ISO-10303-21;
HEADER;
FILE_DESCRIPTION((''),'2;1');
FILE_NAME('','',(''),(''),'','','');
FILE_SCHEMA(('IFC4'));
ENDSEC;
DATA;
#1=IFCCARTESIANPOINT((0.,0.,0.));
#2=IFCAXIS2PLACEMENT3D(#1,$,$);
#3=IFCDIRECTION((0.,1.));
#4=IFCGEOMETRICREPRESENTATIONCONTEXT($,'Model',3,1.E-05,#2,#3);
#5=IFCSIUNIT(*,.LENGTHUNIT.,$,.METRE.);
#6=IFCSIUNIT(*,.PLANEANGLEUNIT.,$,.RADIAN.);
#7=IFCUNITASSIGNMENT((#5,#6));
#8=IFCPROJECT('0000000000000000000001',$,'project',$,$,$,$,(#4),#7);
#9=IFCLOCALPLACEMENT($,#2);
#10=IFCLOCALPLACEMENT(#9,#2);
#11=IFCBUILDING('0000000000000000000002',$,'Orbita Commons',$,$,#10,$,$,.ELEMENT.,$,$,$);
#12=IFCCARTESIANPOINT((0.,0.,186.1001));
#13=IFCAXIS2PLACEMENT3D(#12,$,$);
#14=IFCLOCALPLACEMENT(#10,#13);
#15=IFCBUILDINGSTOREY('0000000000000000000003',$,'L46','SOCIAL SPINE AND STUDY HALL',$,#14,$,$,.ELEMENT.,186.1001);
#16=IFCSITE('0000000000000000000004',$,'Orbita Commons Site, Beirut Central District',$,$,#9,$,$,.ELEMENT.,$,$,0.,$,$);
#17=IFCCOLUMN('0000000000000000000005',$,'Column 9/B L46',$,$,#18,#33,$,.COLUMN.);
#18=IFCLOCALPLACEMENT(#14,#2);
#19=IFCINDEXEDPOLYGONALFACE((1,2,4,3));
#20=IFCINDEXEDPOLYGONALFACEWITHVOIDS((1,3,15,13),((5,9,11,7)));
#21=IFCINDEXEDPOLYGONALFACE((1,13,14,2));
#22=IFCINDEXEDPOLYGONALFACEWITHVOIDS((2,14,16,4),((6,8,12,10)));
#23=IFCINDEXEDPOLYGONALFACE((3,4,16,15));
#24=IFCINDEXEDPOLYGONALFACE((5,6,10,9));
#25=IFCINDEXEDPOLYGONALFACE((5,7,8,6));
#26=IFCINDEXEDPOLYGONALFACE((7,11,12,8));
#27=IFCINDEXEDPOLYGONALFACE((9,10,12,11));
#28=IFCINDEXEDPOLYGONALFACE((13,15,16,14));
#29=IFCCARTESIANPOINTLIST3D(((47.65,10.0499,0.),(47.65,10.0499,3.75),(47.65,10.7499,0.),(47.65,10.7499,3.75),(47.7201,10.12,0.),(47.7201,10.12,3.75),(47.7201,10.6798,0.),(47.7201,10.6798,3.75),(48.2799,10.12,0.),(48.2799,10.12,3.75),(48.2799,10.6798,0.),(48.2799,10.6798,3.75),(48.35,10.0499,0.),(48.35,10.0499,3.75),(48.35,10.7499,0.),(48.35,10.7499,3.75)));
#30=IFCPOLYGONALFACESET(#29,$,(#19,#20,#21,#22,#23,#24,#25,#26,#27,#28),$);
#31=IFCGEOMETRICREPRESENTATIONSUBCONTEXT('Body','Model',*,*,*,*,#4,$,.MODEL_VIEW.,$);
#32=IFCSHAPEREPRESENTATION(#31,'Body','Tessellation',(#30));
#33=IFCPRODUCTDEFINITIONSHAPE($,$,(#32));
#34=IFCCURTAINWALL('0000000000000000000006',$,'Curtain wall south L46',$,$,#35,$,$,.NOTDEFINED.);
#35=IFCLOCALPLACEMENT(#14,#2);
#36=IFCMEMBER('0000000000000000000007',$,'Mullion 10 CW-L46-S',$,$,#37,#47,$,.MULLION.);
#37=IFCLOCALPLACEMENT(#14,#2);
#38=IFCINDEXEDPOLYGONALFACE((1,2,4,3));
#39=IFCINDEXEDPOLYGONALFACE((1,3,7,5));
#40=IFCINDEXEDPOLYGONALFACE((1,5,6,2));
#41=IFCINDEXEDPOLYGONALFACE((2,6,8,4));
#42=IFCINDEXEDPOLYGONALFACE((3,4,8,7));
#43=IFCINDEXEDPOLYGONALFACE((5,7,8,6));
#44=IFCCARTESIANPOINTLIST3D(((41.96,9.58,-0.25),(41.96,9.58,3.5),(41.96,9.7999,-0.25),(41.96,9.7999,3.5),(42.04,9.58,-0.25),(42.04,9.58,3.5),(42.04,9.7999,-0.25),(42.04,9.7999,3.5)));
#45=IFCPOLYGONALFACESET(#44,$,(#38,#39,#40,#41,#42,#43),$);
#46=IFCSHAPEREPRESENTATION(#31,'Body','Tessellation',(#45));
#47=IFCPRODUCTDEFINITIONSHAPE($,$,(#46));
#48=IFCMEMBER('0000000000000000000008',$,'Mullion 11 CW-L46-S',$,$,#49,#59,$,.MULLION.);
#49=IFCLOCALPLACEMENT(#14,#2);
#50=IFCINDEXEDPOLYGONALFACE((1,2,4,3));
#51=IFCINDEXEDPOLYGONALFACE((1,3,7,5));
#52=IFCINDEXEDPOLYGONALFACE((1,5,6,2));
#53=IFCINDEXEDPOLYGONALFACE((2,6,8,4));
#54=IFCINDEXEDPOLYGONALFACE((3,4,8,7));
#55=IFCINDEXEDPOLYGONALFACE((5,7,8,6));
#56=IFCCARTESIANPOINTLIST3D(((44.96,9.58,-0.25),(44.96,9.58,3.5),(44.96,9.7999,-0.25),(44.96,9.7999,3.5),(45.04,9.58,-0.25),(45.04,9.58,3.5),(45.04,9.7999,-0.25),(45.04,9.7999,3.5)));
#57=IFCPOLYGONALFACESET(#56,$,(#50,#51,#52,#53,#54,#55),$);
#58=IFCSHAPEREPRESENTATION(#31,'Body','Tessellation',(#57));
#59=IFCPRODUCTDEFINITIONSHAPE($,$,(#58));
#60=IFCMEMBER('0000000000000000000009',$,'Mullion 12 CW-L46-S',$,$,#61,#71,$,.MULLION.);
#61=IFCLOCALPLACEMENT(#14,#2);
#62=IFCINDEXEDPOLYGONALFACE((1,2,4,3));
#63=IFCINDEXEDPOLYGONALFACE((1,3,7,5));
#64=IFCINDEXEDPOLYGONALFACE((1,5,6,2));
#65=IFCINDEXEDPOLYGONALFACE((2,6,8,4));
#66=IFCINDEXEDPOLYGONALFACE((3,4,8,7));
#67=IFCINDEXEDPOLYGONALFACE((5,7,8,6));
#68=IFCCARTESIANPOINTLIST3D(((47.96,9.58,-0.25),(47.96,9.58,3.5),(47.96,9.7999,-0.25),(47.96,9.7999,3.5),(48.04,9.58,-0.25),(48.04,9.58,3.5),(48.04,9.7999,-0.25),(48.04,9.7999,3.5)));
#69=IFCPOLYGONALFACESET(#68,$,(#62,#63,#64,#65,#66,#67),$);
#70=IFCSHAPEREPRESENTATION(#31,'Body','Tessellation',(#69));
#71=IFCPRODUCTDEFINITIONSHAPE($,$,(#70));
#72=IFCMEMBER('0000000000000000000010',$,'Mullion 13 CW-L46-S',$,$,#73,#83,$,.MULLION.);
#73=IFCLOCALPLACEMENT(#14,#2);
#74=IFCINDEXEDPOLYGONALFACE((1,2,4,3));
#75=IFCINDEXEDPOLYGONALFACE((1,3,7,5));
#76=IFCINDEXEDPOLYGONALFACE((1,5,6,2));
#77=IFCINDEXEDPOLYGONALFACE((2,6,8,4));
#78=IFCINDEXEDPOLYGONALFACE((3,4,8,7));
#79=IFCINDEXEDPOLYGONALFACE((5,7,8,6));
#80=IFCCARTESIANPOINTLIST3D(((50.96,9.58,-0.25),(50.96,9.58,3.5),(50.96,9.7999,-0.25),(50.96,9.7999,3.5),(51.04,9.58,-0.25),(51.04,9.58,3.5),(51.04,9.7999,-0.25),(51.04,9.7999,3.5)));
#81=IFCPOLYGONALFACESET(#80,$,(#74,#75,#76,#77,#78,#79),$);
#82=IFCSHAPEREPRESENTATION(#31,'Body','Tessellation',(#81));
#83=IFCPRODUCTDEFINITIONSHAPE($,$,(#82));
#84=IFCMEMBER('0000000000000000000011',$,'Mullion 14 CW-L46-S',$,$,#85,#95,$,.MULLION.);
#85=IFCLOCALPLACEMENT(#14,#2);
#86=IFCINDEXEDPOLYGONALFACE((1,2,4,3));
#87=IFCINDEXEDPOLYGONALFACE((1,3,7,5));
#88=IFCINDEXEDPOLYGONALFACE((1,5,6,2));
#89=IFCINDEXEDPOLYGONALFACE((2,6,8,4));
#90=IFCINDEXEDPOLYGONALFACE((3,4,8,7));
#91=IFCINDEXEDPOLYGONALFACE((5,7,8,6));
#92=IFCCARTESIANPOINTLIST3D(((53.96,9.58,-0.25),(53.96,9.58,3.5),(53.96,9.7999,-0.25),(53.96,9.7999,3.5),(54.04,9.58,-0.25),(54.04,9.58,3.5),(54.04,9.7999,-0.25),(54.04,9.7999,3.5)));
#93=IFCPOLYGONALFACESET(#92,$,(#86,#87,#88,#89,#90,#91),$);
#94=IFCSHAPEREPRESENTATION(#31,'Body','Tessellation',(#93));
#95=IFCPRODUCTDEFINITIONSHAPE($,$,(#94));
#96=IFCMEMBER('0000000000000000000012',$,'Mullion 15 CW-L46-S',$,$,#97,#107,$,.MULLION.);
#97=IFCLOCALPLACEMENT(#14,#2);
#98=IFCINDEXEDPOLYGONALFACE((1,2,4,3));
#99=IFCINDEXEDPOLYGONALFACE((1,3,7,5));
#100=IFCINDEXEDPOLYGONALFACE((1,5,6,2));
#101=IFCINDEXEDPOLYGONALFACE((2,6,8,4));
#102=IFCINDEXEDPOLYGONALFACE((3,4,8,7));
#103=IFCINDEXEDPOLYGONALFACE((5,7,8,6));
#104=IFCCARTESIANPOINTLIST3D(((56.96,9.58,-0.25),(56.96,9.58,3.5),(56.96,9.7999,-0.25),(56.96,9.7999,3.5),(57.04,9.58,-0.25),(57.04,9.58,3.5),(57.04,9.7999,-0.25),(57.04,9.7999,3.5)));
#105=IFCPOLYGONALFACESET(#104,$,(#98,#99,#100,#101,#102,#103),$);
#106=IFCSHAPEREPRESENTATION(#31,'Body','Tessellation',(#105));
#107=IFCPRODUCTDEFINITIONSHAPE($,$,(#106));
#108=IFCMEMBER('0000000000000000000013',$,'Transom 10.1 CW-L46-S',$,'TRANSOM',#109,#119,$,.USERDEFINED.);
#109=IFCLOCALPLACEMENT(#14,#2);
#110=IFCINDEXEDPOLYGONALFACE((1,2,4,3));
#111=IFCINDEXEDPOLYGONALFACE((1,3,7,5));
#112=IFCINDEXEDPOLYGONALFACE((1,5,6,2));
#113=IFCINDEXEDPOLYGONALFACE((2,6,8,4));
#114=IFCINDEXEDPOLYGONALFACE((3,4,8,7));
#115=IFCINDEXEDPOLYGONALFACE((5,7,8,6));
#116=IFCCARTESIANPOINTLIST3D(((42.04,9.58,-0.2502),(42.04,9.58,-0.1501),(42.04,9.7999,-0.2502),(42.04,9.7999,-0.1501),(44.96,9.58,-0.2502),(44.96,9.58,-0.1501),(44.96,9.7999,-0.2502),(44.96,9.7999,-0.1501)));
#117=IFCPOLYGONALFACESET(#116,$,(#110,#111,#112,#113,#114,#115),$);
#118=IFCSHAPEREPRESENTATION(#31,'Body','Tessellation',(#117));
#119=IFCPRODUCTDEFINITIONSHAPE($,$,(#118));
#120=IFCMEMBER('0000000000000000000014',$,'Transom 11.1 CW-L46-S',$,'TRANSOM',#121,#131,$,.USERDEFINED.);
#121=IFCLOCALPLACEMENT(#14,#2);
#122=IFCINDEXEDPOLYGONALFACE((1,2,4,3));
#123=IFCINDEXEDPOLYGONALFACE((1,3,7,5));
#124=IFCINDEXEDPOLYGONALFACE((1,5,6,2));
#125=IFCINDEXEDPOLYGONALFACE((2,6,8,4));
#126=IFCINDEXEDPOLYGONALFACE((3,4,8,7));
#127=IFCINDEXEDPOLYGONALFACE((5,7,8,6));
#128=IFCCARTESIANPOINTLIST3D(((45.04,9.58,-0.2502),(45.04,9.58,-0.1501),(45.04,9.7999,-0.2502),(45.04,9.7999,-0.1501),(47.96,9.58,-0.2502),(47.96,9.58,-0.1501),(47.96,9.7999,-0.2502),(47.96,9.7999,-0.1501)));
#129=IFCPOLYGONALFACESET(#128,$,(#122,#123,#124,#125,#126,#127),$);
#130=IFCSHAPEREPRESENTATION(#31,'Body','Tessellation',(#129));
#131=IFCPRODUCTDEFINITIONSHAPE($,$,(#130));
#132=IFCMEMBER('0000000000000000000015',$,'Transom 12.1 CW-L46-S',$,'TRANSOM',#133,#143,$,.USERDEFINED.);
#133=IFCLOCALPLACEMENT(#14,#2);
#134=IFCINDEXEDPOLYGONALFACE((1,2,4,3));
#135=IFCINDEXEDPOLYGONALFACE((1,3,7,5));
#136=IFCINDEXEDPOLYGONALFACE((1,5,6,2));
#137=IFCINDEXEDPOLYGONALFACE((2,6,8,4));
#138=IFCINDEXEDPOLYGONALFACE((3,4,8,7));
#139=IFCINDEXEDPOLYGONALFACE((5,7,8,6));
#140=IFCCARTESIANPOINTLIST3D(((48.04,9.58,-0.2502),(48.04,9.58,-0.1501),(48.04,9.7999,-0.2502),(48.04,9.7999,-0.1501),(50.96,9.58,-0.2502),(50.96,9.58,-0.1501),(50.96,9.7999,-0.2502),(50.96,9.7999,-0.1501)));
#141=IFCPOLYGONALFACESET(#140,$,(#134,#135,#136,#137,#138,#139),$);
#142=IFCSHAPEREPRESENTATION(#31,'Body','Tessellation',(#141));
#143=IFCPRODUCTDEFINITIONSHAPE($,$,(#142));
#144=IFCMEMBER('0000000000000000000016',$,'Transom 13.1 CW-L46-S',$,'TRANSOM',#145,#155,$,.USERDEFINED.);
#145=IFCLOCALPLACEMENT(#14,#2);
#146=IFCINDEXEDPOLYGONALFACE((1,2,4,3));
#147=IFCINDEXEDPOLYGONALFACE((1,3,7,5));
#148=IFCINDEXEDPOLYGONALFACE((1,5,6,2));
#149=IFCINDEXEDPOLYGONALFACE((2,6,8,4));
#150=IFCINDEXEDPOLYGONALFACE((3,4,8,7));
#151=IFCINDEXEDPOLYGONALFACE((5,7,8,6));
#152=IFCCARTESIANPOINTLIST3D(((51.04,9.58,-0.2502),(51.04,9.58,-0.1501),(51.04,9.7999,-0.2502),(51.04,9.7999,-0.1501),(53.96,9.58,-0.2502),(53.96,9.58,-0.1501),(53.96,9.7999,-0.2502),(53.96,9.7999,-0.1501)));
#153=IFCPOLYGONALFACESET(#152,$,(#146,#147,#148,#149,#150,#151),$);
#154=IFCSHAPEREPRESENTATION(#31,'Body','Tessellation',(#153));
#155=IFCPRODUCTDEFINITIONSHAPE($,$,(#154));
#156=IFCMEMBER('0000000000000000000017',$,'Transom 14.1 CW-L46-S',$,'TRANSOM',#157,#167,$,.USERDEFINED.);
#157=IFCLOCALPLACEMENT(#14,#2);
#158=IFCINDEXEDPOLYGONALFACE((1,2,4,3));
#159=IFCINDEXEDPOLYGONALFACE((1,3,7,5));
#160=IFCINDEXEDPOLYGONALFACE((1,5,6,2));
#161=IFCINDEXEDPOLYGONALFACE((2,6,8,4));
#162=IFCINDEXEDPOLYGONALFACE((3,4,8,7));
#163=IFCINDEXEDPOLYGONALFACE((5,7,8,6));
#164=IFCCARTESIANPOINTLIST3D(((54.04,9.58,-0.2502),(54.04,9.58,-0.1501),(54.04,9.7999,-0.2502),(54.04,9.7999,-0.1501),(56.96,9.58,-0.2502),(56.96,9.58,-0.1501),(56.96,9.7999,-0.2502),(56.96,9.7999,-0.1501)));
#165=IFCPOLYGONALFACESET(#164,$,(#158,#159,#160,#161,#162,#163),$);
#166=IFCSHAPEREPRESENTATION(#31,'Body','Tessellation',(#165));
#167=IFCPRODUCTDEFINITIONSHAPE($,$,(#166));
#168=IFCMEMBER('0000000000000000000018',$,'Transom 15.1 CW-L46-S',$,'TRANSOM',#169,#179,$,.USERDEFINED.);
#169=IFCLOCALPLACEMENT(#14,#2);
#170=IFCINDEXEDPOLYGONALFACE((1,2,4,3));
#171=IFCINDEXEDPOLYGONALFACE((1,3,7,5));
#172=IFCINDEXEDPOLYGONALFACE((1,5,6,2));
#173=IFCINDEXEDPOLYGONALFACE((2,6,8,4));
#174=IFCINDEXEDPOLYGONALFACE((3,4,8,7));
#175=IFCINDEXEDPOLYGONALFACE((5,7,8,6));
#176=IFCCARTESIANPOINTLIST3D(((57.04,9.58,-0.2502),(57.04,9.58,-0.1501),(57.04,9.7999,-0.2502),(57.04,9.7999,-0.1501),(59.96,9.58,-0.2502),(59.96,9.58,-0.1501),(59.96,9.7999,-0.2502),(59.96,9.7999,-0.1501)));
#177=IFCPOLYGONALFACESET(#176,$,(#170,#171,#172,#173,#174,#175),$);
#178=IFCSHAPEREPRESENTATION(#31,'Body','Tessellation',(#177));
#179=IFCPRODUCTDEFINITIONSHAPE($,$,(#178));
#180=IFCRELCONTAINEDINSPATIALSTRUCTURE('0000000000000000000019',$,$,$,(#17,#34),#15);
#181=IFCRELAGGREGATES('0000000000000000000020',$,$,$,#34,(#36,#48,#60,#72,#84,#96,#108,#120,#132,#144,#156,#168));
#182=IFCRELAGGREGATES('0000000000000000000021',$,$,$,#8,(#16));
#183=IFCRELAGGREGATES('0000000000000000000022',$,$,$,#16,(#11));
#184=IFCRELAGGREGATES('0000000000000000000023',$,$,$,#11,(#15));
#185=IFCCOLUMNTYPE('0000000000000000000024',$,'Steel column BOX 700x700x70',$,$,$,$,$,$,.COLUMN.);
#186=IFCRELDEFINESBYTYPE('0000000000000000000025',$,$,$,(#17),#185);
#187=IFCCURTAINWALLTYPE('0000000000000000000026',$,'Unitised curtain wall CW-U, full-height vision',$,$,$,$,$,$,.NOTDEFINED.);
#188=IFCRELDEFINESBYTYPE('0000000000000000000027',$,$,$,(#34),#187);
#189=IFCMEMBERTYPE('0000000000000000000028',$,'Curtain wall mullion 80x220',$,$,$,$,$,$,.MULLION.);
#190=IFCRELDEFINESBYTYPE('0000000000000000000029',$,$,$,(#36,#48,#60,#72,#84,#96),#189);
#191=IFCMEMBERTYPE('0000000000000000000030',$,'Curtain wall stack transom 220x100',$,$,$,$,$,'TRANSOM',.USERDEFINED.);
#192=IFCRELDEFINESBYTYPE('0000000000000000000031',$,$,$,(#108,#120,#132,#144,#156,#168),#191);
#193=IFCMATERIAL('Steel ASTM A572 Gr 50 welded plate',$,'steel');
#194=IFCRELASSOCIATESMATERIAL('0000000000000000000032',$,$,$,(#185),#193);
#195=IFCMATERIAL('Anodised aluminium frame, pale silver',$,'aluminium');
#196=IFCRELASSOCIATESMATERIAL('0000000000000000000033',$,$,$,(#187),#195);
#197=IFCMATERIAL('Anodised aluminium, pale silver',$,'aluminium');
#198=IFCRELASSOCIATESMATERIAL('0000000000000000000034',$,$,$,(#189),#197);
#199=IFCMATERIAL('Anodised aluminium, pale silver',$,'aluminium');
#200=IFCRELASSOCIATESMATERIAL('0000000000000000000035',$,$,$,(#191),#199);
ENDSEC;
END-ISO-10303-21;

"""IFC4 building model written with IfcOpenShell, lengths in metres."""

from ifc_helpers import new_model, si_unit, direction, frame, origin, origin_2d, place, context, subcontext, project, spatial, rectangle, hollow_rectangle, extrude, material, material_profile, profile_set, type_object, element, aggregate, save


model = new_model("IFC4")

# Units and contexts
model_context = context("Model", 3, precision=1e-05, world=origin(), true_north=direction((0.0, 1.0)))
body_context = subcontext(model_context, "Body", "Model", "MODEL_VIEW")
ifc_project = project(units=[si_unit("LENGTHUNIT", "METRE"), si_unit("PLANEANGLEUNIT", "RADIAN")], contexts=[model_context])

# Site, building, storey
site_placement = place(None, origin())
site = spatial("IfcSite", under=ifc_project, at=site_placement, Name="Orbita Commons Site, Beirut Central District", CompositionType="ELEMENT", RefElevation=0.0)
building_placement = place(site_placement, origin())
building = spatial("IfcBuilding", under=site, at=building_placement, Name="Orbita Commons", CompositionType="ELEMENT")
storey_placement = place(building_placement, frame((0.0, 0.0, 186.1001)))
storey = spatial("IfcBuildingStorey", under=building, at=storey_placement, Name="L46", Description="SOCIAL SPINE AND STUDY HALL", CompositionType="ELEMENT", Elevation=186.1001)

# Column
ifc_material_1 = material(Name="Steel ASTM A572 Gr 50 welded plate", Category="steel")
ifc_material_profile_1 = material_profile(ifc_material_1, hollow_rectangle(XDim=0.7, YDim=0.7, WallThickness=0.0701, at=origin_2d()), Name="BOX 700x700x70")
ifc_profile_set_1 = profile_set([ifc_material_profile_1], Name="Steel ASTM A572 Gr 50 welded plate")
column_type = type_object("IfcColumnType", Name="Steel column BOX 700x700x70", PredefinedType="COLUMN", material=ifc_profile_set_1)
column_placement = place(storey_placement, frame((48.0, 10.3999, 0.0), z_axis=(0.0, 0.0, 1.0), x_axis=(1.0, 0.0, 0.0)))
element("IfcColumn", 1, at=column_placement, inside=storey, type_object=column_type, Name="Column 9/B L46", PredefinedType="COLUMN", context=body_context, shape_type="SweptSolid", body=[
    extrude(hollow_rectangle(XDim=0.7, YDim=0.7, WallThickness=0.0701, at=origin_2d()), origin(), (0.0, 0.0, 1.0), 3.75),
])

# Curtain wall, members
ifc_material_2 = material(Name="Anodised aluminium frame, pale silver", Category="aluminium")
curtain_wall_type = type_object("IfcCurtainWallType", Name="Unitised curtain wall CW-U, full-height vision", PredefinedType="NOTDEFINED", material=ifc_material_2)
curtain_wall_placement = place(storey_placement, origin())
curtain_wall = element("IfcCurtainWall", 2, at=curtain_wall_placement, inside=storey, type_object=curtain_wall_type, Name="Curtain wall south L46", PredefinedType="NOTDEFINED")
ifc_material_3 = material(Name="Anodised aluminium, pale silver", Category="aluminium")
ifc_material_profile_2 = material_profile(ifc_material_3, rectangle(XDim=0.0801, YDim=0.22, at=origin_2d()), Name="AL 80x220")
ifc_profile_set_2 = profile_set([ifc_material_profile_2], Name="Anodised aluminium, pale silver")
member_type_1 = type_object("IfcMemberType", Name="Curtain wall mullion 80x220", PredefinedType="MULLION", material=ifc_profile_set_2)
member_1_placement = place(storey_placement, frame((42.0, 9.6899, -0.25), z_axis=(0.0, 0.0, 1.0), x_axis=(1.0, 0.0, 0.0)))
member_1 = element("IfcMember", 3, at=member_1_placement, type_object=member_type_1, Name="Mullion 10 CW-L46-S", PredefinedType="MULLION", context=body_context, shape_type="SweptSolid", body=[
    extrude(rectangle(XDim=0.0801, YDim=0.22, at=origin_2d()), origin(), (0.0, 0.0, 1.0), 3.75),
])
member_2_placement = place(storey_placement, frame((45.0, 9.6899, -0.25), z_axis=(0.0, 0.0, 1.0), x_axis=(1.0, 0.0, 0.0)))
member_2 = element("IfcMember", 4, at=member_2_placement, type_object=member_type_1, Name="Mullion 11 CW-L46-S", PredefinedType="MULLION", context=body_context, shape_type="SweptSolid", body=[
    extrude(rectangle(XDim=0.0801, YDim=0.22, at=origin_2d()), origin(), (0.0, 0.0, 1.0), 3.75),
])
member_3_placement = place(storey_placement, frame((48.0, 9.6899, -0.25), z_axis=(0.0, 0.0, 1.0), x_axis=(1.0, 0.0, 0.0)))
member_3 = element("IfcMember", 5, at=member_3_placement, type_object=member_type_1, Name="Mullion 12 CW-L46-S", PredefinedType="MULLION", context=body_context, shape_type="SweptSolid", body=[
    extrude(rectangle(XDim=0.0801, YDim=0.22, at=origin_2d()), origin(), (0.0, 0.0, 1.0), 3.75),
])
member_4_placement = place(storey_placement, frame((51.0, 9.6899, -0.25), z_axis=(0.0, 0.0, 1.0), x_axis=(1.0, 0.0, 0.0)))
member_4 = element("IfcMember", 6, at=member_4_placement, type_object=member_type_1, Name="Mullion 13 CW-L46-S", PredefinedType="MULLION", context=body_context, shape_type="SweptSolid", body=[
    extrude(rectangle(XDim=0.0801, YDim=0.22, at=origin_2d()), origin(), (0.0, 0.0, 1.0), 3.75),
])
member_5_placement = place(storey_placement, frame((54.0, 9.6899, -0.25), z_axis=(0.0, 0.0, 1.0), x_axis=(1.0, 0.0, 0.0)))
member_5 = element("IfcMember", 7, at=member_5_placement, type_object=member_type_1, Name="Mullion 14 CW-L46-S", PredefinedType="MULLION", context=body_context, shape_type="SweptSolid", body=[
    extrude(rectangle(XDim=0.0801, YDim=0.22, at=origin_2d()), origin(), (0.0, 0.0, 1.0), 3.75),
])
member_6_placement = place(storey_placement, frame((57.0, 9.6899, -0.25), z_axis=(0.0, 0.0, 1.0), x_axis=(1.0, 0.0, 0.0)))
member_6 = element("IfcMember", 8, at=member_6_placement, type_object=member_type_1, Name="Mullion 15 CW-L46-S", PredefinedType="MULLION", context=body_context, shape_type="SweptSolid", body=[
    extrude(rectangle(XDim=0.0801, YDim=0.22, at=origin_2d()), origin(), (0.0, 0.0, 1.0), 3.75),
])
ifc_material_4 = material(Name="Anodised aluminium, pale silver", Category="aluminium")
ifc_material_profile_3 = material_profile(ifc_material_4, rectangle(XDim=0.22, YDim=0.1001, at=origin_2d()), Name="AL 220x100")
ifc_profile_set_3 = profile_set([ifc_material_profile_3], Name="Anodised aluminium, pale silver")
member_type_2 = type_object("IfcMemberType", Name="Curtain wall stack transom 220x100", ElementType="TRANSOM", PredefinedType="USERDEFINED", material=ifc_profile_set_3)
member_7_placement = place(storey_placement, frame((42.04, 9.6899, -0.2002), z_axis=(1.0, 0.0, 0.0), x_axis=(0.0, 1.0, 0.0)))
member_7 = element("IfcMember", 9, at=member_7_placement, type_object=member_type_2, Name="Transom 10.1 CW-L46-S", ObjectType="TRANSOM", PredefinedType="USERDEFINED", context=body_context, shape_type="SweptSolid", body=[
    extrude(rectangle(XDim=0.22, YDim=0.1001, at=origin_2d()), origin(), (0.0, 0.0, 1.0), 2.9199),
])
member_8_placement = place(storey_placement, frame((45.04, 9.6899, -0.2002), z_axis=(1.0, 0.0, 0.0), x_axis=(0.0, 1.0, 0.0)))
member_8 = element("IfcMember", 10, at=member_8_placement, type_object=member_type_2, Name="Transom 11.1 CW-L46-S", ObjectType="TRANSOM", PredefinedType="USERDEFINED", context=body_context, shape_type="SweptSolid", body=[
    extrude(rectangle(XDim=0.22, YDim=0.1001, at=origin_2d()), origin(), (0.0, 0.0, 1.0), 2.9199),
])
member_9_placement = place(storey_placement, frame((48.04, 9.6899, -0.2002), z_axis=(1.0, 0.0, 0.0), x_axis=(0.0, 1.0, 0.0)))
member_9 = element("IfcMember", 11, at=member_9_placement, type_object=member_type_2, Name="Transom 12.1 CW-L46-S", ObjectType="TRANSOM", PredefinedType="USERDEFINED", context=body_context, shape_type="SweptSolid", body=[
    extrude(rectangle(XDim=0.22, YDim=0.1001, at=origin_2d()), origin(), (0.0, 0.0, 1.0), 2.9199),
])
member_10_placement = place(storey_placement, frame((51.04, 9.6899, -0.2002), z_axis=(1.0, 0.0, 0.0), x_axis=(0.0, 1.0, 0.0)))
member_10 = element("IfcMember", 12, at=member_10_placement, type_object=member_type_2, Name="Transom 13.1 CW-L46-S", ObjectType="TRANSOM", PredefinedType="USERDEFINED", context=body_context, shape_type="SweptSolid", body=[
    extrude(rectangle(XDim=0.22, YDim=0.1001, at=origin_2d()), origin(), (0.0, 0.0, 1.0), 2.9199),
])
member_11_placement = place(storey_placement, frame((54.04, 9.6899, -0.2002), z_axis=(1.0, 0.0, 0.0), x_axis=(0.0, 1.0, 0.0)))
member_11 = element("IfcMember", 13, at=member_11_placement, type_object=member_type_2, Name="Transom 14.1 CW-L46-S", ObjectType="TRANSOM", PredefinedType="USERDEFINED", context=body_context, shape_type="SweptSolid", body=[
    extrude(rectangle(XDim=0.22, YDim=0.1001, at=origin_2d()), origin(), (0.0, 0.0, 1.0), 2.9199),
])
member_12_placement = place(storey_placement, frame((57.04, 9.6899, -0.2002), z_axis=(1.0, 0.0, 0.0), x_axis=(0.0, 1.0, 0.0)))
member_12 = element("IfcMember", 14, at=member_12_placement, type_object=member_type_2, Name="Transom 15.1 CW-L46-S", ObjectType="TRANSOM", PredefinedType="USERDEFINED", context=body_context, shape_type="SweptSolid", body=[
    extrude(rectangle(XDim=0.22, YDim=0.1001, at=origin_2d()), origin(), (0.0, 0.0, 1.0), 2.9199),
])

aggregate(curtain_wall, [member_1, member_2, member_3, member_4, member_5, member_6, member_7, member_8, member_9, member_10, member_11, member_12])

save(model, "model.ifc")
